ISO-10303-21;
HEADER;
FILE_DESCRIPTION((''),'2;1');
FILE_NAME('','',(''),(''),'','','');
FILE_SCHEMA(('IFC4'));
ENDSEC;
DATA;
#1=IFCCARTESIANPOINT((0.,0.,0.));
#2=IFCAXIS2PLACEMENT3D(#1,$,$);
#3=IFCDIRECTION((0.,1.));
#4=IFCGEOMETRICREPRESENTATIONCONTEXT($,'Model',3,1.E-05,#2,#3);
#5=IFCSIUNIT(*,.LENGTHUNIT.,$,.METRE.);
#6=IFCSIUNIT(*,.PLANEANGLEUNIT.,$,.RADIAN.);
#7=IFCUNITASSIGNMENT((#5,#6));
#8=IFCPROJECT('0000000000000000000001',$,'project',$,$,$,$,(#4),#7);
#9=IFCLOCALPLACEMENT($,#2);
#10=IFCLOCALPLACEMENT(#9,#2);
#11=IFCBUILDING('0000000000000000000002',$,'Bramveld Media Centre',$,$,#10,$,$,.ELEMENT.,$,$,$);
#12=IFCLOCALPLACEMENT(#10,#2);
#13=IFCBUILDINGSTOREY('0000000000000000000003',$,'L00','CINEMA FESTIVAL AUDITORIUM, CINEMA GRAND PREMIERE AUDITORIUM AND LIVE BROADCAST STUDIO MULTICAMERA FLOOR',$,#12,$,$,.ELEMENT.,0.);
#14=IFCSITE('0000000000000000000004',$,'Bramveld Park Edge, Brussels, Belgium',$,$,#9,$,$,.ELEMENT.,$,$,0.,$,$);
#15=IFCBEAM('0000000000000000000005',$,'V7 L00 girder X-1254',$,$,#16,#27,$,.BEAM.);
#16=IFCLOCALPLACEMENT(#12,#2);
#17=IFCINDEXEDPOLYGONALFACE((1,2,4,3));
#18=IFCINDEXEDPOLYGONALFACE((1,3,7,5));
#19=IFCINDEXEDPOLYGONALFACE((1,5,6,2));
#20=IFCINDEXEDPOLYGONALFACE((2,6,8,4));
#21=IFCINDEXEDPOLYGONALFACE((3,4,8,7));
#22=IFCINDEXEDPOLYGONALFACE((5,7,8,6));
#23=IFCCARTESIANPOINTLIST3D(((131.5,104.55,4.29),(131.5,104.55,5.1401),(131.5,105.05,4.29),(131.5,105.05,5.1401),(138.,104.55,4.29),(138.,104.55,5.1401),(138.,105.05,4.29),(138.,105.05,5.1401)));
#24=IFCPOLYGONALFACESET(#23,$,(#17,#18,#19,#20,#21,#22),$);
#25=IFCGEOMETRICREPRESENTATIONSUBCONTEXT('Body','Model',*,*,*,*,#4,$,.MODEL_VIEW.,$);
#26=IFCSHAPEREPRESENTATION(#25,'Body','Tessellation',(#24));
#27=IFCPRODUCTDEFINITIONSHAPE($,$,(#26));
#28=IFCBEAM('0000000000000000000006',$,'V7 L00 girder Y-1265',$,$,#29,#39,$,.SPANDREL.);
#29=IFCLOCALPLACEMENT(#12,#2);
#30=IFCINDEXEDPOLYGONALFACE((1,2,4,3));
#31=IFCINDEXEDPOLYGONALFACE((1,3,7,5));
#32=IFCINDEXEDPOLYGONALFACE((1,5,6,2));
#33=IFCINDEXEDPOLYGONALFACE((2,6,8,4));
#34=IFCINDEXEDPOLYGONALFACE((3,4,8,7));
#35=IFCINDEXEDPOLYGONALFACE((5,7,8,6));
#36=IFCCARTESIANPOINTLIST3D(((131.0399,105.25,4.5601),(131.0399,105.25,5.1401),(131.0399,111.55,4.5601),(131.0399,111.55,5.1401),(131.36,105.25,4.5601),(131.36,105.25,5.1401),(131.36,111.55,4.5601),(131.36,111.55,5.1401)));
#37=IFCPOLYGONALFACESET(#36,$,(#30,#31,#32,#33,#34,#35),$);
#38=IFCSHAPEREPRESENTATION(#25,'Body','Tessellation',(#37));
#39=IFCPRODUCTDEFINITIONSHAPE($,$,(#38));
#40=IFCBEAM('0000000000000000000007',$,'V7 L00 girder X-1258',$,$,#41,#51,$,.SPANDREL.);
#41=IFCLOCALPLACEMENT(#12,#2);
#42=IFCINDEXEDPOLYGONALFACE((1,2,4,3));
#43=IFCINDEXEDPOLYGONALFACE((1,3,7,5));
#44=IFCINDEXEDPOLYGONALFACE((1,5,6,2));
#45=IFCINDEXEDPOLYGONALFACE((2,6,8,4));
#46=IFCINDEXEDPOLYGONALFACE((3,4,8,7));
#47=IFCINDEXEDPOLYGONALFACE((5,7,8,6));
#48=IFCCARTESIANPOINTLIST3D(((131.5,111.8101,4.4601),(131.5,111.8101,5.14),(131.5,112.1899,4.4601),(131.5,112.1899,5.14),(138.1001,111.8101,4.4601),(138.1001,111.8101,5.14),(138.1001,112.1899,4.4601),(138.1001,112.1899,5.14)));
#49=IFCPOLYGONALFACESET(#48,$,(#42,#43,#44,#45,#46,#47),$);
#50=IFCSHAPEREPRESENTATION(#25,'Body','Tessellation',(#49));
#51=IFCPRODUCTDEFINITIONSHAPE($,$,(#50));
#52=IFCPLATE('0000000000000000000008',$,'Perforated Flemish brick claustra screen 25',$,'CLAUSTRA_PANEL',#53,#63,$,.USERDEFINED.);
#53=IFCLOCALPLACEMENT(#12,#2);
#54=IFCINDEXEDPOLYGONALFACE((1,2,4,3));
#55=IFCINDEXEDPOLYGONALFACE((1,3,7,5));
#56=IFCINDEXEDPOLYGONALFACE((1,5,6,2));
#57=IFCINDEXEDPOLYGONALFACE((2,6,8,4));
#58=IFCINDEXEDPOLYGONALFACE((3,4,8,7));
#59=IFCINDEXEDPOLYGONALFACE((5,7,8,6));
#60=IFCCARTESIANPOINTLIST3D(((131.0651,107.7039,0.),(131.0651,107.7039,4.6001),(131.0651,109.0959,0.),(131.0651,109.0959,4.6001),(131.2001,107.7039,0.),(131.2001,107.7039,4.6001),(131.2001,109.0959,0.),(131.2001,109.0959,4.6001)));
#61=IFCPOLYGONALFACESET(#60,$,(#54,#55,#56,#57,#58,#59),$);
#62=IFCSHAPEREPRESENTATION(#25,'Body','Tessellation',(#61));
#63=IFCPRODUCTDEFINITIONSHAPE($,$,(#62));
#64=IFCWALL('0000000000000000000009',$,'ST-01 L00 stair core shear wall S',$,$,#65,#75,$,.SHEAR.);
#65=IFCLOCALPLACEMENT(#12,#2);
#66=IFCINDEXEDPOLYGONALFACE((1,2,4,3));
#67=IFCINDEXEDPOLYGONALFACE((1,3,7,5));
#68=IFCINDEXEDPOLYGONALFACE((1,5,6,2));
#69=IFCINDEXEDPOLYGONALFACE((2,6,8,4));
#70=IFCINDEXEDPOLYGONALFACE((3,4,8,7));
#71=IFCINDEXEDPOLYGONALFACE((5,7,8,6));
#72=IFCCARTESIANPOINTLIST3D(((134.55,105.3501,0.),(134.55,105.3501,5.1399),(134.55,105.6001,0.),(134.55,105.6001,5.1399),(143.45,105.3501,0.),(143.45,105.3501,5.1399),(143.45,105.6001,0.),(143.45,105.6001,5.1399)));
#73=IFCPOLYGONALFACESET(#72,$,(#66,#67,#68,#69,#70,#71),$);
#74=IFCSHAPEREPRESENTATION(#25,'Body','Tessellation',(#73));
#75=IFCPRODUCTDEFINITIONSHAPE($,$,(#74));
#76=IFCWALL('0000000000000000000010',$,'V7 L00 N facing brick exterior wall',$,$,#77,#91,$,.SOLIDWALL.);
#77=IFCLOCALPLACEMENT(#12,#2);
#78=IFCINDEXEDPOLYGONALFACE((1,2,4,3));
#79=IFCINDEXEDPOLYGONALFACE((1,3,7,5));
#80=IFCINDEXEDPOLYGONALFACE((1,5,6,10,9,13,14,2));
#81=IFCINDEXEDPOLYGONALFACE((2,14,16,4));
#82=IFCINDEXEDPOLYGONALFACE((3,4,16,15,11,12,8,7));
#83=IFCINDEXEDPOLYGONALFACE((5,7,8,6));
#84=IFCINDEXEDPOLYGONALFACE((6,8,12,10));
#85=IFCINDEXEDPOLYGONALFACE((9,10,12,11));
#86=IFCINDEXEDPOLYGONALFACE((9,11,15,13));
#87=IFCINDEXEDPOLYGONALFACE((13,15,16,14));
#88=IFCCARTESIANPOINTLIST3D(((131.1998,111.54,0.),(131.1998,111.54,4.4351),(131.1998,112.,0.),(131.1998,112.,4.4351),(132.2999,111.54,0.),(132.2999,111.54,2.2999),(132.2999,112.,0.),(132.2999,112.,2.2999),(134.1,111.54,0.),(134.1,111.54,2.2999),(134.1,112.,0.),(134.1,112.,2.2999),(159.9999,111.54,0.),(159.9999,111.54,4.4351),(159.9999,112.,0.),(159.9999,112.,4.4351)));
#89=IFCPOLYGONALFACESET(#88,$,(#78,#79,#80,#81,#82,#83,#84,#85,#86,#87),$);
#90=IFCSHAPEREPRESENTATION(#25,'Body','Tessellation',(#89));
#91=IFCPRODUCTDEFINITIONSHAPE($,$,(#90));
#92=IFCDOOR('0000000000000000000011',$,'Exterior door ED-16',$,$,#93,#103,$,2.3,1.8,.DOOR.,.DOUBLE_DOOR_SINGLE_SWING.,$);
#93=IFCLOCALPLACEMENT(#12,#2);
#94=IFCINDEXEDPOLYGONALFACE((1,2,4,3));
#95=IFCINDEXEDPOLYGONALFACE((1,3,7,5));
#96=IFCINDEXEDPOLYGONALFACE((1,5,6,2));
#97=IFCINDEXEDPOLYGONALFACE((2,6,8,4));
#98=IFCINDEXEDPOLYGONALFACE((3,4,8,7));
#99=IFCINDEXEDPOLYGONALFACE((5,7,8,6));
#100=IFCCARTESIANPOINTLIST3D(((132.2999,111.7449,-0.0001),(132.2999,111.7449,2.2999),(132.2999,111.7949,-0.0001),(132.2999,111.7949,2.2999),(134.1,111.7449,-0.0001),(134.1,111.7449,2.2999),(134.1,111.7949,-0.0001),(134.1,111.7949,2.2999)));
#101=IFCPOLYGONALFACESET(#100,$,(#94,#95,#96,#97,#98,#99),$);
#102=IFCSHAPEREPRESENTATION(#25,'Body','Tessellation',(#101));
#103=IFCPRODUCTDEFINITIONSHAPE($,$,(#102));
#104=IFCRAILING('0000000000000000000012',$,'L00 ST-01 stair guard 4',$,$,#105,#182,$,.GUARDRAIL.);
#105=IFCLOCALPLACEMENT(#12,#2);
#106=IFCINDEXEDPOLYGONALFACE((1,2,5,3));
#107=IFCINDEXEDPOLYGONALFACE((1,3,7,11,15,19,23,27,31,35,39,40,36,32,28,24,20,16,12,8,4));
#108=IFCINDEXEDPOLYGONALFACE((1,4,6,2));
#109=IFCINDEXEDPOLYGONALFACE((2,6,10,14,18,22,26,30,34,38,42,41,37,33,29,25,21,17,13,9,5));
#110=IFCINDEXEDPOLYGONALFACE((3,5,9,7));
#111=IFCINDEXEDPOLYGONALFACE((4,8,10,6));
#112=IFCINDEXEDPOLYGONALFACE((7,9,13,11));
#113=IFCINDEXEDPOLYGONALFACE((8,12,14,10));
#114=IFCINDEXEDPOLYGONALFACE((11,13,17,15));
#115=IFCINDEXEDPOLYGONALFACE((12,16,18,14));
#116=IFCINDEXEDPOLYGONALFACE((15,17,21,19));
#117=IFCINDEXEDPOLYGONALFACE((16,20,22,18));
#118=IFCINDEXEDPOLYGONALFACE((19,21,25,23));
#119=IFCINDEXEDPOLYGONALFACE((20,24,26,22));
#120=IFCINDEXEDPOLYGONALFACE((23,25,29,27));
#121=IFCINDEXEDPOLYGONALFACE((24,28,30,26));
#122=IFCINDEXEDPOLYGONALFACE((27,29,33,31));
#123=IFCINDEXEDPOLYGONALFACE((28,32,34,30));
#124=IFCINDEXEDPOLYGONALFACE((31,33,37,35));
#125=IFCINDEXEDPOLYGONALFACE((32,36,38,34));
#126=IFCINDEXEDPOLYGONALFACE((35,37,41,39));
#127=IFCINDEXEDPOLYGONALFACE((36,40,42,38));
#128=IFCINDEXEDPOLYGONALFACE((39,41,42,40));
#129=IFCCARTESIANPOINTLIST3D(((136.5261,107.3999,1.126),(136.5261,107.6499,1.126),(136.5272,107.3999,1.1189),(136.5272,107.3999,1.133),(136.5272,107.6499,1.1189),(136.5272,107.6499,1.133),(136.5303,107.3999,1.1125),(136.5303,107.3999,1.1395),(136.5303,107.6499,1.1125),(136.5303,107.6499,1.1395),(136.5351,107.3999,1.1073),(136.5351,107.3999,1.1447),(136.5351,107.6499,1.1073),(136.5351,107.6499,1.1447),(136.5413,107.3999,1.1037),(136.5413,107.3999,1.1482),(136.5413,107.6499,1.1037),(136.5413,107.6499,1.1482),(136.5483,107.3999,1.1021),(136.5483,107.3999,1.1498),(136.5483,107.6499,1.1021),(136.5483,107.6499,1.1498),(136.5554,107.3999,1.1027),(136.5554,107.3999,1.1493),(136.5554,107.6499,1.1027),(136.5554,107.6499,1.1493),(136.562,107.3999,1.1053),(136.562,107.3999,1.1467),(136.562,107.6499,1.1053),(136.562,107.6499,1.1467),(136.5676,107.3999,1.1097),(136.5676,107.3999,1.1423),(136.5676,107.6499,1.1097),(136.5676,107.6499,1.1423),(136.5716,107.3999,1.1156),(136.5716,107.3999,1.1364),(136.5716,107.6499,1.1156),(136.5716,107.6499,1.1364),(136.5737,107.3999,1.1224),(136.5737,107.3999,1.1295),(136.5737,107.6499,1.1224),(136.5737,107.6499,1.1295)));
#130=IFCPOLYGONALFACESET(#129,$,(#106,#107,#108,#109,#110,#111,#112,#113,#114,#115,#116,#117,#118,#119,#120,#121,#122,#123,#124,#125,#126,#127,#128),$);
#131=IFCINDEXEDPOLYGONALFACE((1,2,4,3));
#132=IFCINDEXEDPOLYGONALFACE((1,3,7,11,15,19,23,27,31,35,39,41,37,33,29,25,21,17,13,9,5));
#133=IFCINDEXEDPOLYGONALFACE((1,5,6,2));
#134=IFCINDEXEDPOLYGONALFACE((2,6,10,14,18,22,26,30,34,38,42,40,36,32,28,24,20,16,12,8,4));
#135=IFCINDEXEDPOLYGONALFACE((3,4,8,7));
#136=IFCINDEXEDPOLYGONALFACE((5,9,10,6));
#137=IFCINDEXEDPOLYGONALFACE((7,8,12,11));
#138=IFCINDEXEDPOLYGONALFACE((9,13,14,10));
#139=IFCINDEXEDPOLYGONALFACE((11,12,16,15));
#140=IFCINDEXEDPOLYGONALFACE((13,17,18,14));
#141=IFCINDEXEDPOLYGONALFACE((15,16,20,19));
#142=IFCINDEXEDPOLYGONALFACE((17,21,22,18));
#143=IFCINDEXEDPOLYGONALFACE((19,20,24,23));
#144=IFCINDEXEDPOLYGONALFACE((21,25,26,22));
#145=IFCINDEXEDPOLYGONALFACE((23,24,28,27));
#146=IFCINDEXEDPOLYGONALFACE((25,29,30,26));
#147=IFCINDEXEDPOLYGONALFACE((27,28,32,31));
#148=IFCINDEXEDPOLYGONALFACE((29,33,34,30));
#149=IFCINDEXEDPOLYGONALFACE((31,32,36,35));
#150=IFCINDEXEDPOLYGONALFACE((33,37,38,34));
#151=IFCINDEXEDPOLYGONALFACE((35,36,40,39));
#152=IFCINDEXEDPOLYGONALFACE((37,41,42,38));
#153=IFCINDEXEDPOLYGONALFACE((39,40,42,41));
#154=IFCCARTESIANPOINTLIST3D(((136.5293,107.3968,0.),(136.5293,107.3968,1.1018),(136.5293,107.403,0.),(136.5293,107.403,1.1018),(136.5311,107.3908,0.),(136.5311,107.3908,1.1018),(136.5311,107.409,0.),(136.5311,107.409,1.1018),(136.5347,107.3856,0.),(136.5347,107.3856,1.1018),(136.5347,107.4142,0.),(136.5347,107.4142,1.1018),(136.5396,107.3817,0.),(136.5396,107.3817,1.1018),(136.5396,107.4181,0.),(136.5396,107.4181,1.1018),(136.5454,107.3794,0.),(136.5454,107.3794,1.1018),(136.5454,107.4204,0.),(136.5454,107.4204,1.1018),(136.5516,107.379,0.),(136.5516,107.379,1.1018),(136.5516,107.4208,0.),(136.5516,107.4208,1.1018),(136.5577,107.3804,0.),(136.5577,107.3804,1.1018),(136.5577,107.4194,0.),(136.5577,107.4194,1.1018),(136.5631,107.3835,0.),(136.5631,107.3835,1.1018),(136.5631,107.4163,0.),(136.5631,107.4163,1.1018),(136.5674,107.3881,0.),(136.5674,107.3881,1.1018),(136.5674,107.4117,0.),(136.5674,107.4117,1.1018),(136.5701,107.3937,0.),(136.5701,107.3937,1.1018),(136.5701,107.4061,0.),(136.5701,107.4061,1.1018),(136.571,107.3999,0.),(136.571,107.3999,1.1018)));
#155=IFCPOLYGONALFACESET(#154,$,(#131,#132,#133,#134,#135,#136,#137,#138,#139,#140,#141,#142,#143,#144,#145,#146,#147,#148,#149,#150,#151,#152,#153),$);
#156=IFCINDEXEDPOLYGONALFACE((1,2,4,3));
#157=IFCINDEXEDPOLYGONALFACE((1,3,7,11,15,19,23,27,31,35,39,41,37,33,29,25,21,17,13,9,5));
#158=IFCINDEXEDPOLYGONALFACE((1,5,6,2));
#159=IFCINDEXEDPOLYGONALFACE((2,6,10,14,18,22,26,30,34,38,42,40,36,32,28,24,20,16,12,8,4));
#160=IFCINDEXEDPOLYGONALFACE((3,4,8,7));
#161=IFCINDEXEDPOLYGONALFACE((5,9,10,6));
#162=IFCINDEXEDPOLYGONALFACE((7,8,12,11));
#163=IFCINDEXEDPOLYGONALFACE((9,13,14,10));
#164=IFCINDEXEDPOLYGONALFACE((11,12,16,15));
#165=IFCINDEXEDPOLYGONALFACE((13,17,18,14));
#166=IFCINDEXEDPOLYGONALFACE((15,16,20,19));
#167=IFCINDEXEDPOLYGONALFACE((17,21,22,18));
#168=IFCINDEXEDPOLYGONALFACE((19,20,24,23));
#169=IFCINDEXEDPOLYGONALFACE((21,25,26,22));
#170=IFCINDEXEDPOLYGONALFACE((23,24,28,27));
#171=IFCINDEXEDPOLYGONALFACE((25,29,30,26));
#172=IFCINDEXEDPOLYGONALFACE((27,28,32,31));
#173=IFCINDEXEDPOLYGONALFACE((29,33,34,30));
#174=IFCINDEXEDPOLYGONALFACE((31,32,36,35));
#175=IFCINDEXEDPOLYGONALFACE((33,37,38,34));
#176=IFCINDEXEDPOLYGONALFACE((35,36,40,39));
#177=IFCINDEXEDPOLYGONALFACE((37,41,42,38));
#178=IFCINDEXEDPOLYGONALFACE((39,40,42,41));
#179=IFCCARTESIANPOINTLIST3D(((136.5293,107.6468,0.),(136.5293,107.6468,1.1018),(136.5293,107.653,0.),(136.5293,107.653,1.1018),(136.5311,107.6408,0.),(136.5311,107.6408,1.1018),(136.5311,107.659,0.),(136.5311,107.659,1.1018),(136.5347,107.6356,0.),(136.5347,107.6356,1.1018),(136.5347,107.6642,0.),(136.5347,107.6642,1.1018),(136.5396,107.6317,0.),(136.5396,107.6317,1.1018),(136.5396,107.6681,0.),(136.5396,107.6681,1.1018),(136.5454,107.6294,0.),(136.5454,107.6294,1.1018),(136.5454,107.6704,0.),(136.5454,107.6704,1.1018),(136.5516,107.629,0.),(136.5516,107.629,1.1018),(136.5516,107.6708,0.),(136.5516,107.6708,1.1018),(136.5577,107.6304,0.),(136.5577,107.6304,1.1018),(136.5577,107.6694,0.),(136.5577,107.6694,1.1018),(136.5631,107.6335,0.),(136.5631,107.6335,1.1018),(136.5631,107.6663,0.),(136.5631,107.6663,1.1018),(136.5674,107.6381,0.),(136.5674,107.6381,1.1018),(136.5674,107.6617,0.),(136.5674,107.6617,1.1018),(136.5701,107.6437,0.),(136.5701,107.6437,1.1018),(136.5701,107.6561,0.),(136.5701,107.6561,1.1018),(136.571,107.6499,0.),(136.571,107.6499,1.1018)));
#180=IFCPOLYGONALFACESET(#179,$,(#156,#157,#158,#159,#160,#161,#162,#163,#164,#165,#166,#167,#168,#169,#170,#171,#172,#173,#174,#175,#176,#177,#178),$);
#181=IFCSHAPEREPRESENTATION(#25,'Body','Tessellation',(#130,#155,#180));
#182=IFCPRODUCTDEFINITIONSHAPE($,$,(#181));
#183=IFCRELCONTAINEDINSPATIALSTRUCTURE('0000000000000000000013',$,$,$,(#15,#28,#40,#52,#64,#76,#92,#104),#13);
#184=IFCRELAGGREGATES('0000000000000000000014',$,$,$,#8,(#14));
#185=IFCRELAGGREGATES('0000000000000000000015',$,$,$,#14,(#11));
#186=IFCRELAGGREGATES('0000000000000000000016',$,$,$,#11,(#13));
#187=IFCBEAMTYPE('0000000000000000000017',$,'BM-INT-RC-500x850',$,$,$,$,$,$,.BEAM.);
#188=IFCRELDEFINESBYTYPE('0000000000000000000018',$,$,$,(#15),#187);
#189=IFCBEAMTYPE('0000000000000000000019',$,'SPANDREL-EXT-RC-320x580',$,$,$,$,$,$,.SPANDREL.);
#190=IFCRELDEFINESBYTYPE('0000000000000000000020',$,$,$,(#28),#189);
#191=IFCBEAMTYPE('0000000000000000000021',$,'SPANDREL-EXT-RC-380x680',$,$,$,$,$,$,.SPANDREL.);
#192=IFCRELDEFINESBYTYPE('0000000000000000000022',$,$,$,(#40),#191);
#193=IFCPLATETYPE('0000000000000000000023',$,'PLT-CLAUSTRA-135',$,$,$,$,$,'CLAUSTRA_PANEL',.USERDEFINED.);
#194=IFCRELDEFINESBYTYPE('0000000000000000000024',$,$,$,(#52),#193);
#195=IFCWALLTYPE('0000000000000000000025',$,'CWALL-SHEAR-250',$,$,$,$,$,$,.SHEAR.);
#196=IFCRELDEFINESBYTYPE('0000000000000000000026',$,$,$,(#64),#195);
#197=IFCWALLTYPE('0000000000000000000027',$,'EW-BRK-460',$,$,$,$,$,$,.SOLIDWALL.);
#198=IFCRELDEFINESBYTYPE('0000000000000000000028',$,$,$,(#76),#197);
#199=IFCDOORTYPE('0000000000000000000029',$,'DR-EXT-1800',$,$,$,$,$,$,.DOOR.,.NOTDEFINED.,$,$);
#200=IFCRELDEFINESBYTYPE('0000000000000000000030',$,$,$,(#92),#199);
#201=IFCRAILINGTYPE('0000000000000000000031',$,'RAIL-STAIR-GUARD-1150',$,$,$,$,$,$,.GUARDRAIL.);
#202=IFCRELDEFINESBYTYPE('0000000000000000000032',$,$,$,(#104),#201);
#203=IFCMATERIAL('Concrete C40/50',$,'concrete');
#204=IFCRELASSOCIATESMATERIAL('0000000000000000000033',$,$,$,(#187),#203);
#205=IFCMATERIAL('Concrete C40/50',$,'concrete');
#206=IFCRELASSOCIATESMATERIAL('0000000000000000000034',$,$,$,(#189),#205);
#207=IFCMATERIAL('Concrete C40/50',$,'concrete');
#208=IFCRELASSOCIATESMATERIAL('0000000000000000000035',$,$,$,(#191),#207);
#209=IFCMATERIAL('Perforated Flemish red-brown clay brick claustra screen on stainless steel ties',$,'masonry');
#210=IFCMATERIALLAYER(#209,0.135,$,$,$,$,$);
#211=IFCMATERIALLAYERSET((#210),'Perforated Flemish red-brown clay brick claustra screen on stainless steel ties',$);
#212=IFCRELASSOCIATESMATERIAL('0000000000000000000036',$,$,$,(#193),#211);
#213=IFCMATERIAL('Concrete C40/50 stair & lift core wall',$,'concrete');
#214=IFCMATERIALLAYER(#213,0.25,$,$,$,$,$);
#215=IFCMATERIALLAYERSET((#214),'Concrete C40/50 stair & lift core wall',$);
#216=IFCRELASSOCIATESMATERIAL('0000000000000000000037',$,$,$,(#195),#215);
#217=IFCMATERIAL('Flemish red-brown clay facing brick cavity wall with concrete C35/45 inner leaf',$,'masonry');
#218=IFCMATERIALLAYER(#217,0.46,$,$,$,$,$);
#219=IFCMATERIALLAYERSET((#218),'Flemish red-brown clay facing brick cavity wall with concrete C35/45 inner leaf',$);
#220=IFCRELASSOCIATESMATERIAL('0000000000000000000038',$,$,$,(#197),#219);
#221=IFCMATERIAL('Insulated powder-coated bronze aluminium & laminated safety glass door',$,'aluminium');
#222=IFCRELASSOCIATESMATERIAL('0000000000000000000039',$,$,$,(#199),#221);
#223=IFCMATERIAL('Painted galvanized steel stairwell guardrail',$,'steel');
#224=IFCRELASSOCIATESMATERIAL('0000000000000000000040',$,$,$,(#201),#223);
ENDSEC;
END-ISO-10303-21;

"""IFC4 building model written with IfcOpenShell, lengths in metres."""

from ifc_helpers import new_model, si_unit, direction, frame, frame_2d, origin, origin_2d, place, context, subcontext, project, spatial, rectangle, circle, extrude, material, layer, layer_set, material_profile, profile_set, type_object, element, fill, save


model = new_model("IFC4")

# Units and contexts
model_context = context("Model", 3, precision=1e-05, world=origin(), true_north=direction((0.0, 1.0)))
body_context = subcontext(model_context, "Body", "Model", "MODEL_VIEW")
ifc_project = project(units=[si_unit("LENGTHUNIT", "METRE"), si_unit("PLANEANGLEUNIT", "RADIAN")], contexts=[model_context])

# Site, building, storey
site_placement = place(None, origin())
site = spatial("IfcSite", under=ifc_project, at=site_placement, Name="Bramveld Park Edge, Brussels, Belgium", CompositionType="ELEMENT", RefElevation=0.0)
building_placement = place(site_placement, origin())
building = spatial("IfcBuilding", under=site, at=building_placement, Name="Bramveld Media Centre", CompositionType="ELEMENT")
storey_placement = place(building_placement, origin())
storey = spatial("IfcBuildingStorey", under=building, at=storey_placement, Name="L00", Description="CINEMA FESTIVAL AUDITORIUM, CINEMA GRAND PREMIERE AUDITORIUM AND LIVE BROADCAST STUDIO MULTICAMERA FLOOR", CompositionType="ELEMENT", Elevation=0.0)

# Beams
ifc_material_1 = material(Name="Concrete C40/50", Category="concrete")
ifc_material_profile_1 = material_profile(ifc_material_1, rectangle(XDim=0.5, YDim=0.8501, at=origin_2d()), Name="RC 500x850")
ifc_profile_set_1 = profile_set([ifc_material_profile_1], Name="Concrete C40/50")
beam_type_1 = type_object("IfcBeamType", Name="BM-INT-RC-500x850", PredefinedType="BEAM", material=ifc_profile_set_1)
beam_1_placement = place(storey_placement, frame((131.5, 104.8, 4.7151), z_axis=(1.0, 0.0, 0.0), x_axis=(0.0, 1.0, 0.0)))
element("IfcBeam", 1, at=beam_1_placement, inside=storey, type_object=beam_type_1, Name="V7 L00 girder X-1254", PredefinedType="BEAM", context=body_context, shape_type="SweptSolid", body=[
    extrude(rectangle(XDim=0.5, YDim=0.8501, at=origin_2d()), origin(), (0.0, 0.0, 1.0), 6.5),
])
ifc_material_2 = material(Name="Concrete C40/50", Category="concrete")
ifc_material_profile_2 = material_profile(ifc_material_2, rectangle(XDim=0.3201, YDim=0.5801, at=origin_2d()), Name="RC 320x580")
ifc_profile_set_2 = profile_set([ifc_material_profile_2], Name="Concrete C40/50")
beam_type_2 = type_object("IfcBeamType", Name="SPANDREL-EXT-RC-320x580", PredefinedType="SPANDREL", material=ifc_profile_set_2)
beam_2_placement = place(storey_placement, frame((131.2, 105.25, 4.8501), z_axis=(0.0, 1.0, 0.0), x_axis=(-1.0, 0.0, 0.0)))
element("IfcBeam", 2, at=beam_2_placement, inside=storey, type_object=beam_type_2, Name="V7 L00 girder Y-1265", PredefinedType="SPANDREL", context=body_context, shape_type="SweptSolid", body=[
    extrude(rectangle(XDim=0.3201, YDim=0.5801, at=origin_2d()), origin(), (0.0, 0.0, 1.0), 6.3),
])
ifc_material_3 = material(Name="Concrete C40/50", Category="concrete")
ifc_material_profile_3 = material_profile(ifc_material_3, rectangle(XDim=0.3799, YDim=0.6799, at=origin_2d()), Name="RC 380x680")
ifc_profile_set_3 = profile_set([ifc_material_profile_3], Name="Concrete C40/50")
beam_type_3 = type_object("IfcBeamType", Name="SPANDREL-EXT-RC-380x680", PredefinedType="SPANDREL", material=ifc_profile_set_3)
beam_3_placement = place(storey_placement, frame((131.5, 112.0, 4.8), z_axis=(1.0, 0.0, 0.0), x_axis=(0.0, 1.0, 0.0)))
element("IfcBeam", 3, at=beam_3_placement, inside=storey, type_object=beam_type_3, Name="V7 L00 girder X-1258", PredefinedType="SPANDREL", context=body_context, shape_type="SweptSolid", body=[
    extrude(rectangle(XDim=0.3799, YDim=0.6799, at=origin_2d()), origin(), (0.0, 0.0, 1.0), 6.6001),
])

# Plate
ifc_material_4 = material(Name="Perforated Flemish red-brown clay brick claustra screen on stainless steel ties", Category="masonry")
ifc_layer_1 = layer(ifc_material_4, 0.135)
ifc_layer_set_1 = layer_set([ifc_layer_1], Name="Perforated Flemish red-brown clay brick claustra screen on stainless steel ties")
plate_type = type_object("IfcPlateType", Name="PLT-CLAUSTRA-135", ElementType="CLAUSTRA_PANEL", PredefinedType="USERDEFINED", material=ifc_layer_set_1)
plate_placement = place(storey_placement, frame((131.1326, 108.3999, 0.0), z_axis=(0.0, 0.0, 1.0), x_axis=(0.0, 1.0, 0.0)))
element("IfcPlate", 4, at=plate_placement, inside=storey, type_object=plate_type, Name="Perforated Flemish brick claustra screen 25", ObjectType="CLAUSTRA_PANEL", PredefinedType="USERDEFINED", context=body_context, shape_type="SweptSolid", body=[
    extrude(rectangle(XDim=1.3921, YDim=0.135, at=origin_2d()), origin(), (0.0, 0.0, 1.0), 4.6001),
])

# Wall
ifc_material_5 = material(Name="Concrete C40/50 stair & lift core wall", Category="concrete")
ifc_layer_2 = layer(ifc_material_5, 0.25)
ifc_layer_set_2 = layer_set([ifc_layer_2], Name="Concrete C40/50 stair & lift core wall")
wall_type_1 = type_object("IfcWallType", Name="CWALL-SHEAR-250", PredefinedType="SHEAR", material=ifc_layer_set_2)
wall_1_placement = place(storey_placement, frame((134.55, 105.4751, 0.0), z_axis=(0.0, 0.0, 1.0), x_axis=(1.0, 0.0, 0.0)))
element("IfcWall", 5, at=wall_1_placement, inside=storey, type_object=wall_type_1, Name="ST-01 L00 stair core shear wall S", PredefinedType="SHEAR", context=body_context, shape_type="SweptSolid", body=[
    extrude(rectangle(XDim=8.8999, YDim=0.25, at=frame_2d((4.45, 0.0))), origin(), (0.0, 0.0, 1.0), 5.1399),
])

# Wall, opening, door
ifc_material_6 = material(Name="Flemish red-brown clay facing brick cavity wall with concrete C35/45 inner leaf", Category="masonry")
ifc_layer_3 = layer(ifc_material_6, 0.46)
ifc_layer_set_3 = layer_set([ifc_layer_3], Name="Flemish red-brown clay facing brick cavity wall with concrete C35/45 inner leaf")
wall_type_2 = type_object("IfcWallType", Name="EW-BRK-460", PredefinedType="SOLIDWALL", material=ifc_layer_set_3)
wall_2_placement = place(storey_placement, frame((131.2, 111.77, 0.0), z_axis=(0.0, 0.0, 1.0), x_axis=(1.0, 0.0, 0.0)))
wall_2 = element("IfcWall", 6, at=wall_2_placement, inside=storey, type_object=wall_type_2, Name="V7 L00 N facing brick exterior wall", PredefinedType="SOLIDWALL", context=body_context, shape_type="SweptSolid", body=[
    extrude(rectangle(XDim=28.8, YDim=0.46, at=frame_2d((14.3999, 0.0))), origin(), (0.0, 0.0, 1.0), 4.4351),
])
opening_1_placement = place(wall_2_placement, frame((1.1001, 0.0, 0.0)))
opening_1 = element("IfcOpeningElement", 7, at=opening_1_placement, cuts=wall_2, PredefinedType="OPENING", context=body_context, shape_type="SweptSolid", body=[
    extrude(rectangle(XDim=1.8, YDim=2.3, at=frame_2d((0.8999, 1.1499))), frame((0.0, 0.2419, 0.0), z_axis=(0.0, -1.0, 0.0), x_axis=(1.0, 0.0, 0.0)), (0.0, 0.0, 1.0), 0.4839),
])
ifc_material_7 = material(Name="Insulated powder-coated bronze aluminium & laminated safety glass door", Category="aluminium")
door_type_1 = type_object("IfcDoorType", Name="DR-EXT-1800", OperationType="NOTDEFINED", PredefinedType="DOOR", material=ifc_material_7)
door_1_placement = place(opening_1_placement, origin())
door_1 = element("IfcDoor", 8, at=door_1_placement, inside=storey, type_object=door_type_1, Name="Exterior door ED-16", OperationType="DOUBLE_DOOR_SINGLE_SWING", OverallHeight=2.3, OverallWidth=1.8, PredefinedType="DOOR", context=body_context, shape_type="SweptSolid", body=[
    extrude(rectangle(XDim=1.8, YDim=2.3, at=frame_2d((0.8999, 1.1499))), frame((0.0, 0.0249, 0.0), z_axis=(0.0, -1.0, 0.0), x_axis=(1.0, 0.0, 0.0)), (0.0, 0.0, 1.0), 0.05),
])
fill(opening_1, door_1)

# Railing
ifc_material_8 = material(Name="Painted galvanized steel stairwell guardrail", Category="steel")
railing_type_1 = type_object("IfcRailingType", Name="RAIL-STAIR-GUARD-1150", PredefinedType="GUARDRAIL", material=ifc_material_8)
railing_1_placement = place(storey_placement, frame((136.55, 107.3999, 0.0)))
element("IfcRailing", 9, at=railing_1_placement, inside=storey, type_object=railing_type_1, Name="L00 ST-01 stair guard 4", PredefinedType="GUARDRAIL", context=body_context, shape_type="SweptSolid", body=[
    extrude(circle(Radius=0.0239, at=origin_2d()), frame((0.0, 0.0, 1.126), z_axis=(0.0, 1.0, 0.0), x_axis=(-1.0, 0.0, 0.0)), (0.0, 0.0, 1.0), 0.25),
    extrude(circle(Radius=0.021, at=origin_2d()), origin(), (0.0, 0.0, 1.0), 1.1018),
    extrude(circle(Radius=0.021, at=origin_2d()), frame((0.0, 0.25, 0.0)), (0.0, 0.0, 1.0), 1.1018),
])

save(model, "model.ifc")
